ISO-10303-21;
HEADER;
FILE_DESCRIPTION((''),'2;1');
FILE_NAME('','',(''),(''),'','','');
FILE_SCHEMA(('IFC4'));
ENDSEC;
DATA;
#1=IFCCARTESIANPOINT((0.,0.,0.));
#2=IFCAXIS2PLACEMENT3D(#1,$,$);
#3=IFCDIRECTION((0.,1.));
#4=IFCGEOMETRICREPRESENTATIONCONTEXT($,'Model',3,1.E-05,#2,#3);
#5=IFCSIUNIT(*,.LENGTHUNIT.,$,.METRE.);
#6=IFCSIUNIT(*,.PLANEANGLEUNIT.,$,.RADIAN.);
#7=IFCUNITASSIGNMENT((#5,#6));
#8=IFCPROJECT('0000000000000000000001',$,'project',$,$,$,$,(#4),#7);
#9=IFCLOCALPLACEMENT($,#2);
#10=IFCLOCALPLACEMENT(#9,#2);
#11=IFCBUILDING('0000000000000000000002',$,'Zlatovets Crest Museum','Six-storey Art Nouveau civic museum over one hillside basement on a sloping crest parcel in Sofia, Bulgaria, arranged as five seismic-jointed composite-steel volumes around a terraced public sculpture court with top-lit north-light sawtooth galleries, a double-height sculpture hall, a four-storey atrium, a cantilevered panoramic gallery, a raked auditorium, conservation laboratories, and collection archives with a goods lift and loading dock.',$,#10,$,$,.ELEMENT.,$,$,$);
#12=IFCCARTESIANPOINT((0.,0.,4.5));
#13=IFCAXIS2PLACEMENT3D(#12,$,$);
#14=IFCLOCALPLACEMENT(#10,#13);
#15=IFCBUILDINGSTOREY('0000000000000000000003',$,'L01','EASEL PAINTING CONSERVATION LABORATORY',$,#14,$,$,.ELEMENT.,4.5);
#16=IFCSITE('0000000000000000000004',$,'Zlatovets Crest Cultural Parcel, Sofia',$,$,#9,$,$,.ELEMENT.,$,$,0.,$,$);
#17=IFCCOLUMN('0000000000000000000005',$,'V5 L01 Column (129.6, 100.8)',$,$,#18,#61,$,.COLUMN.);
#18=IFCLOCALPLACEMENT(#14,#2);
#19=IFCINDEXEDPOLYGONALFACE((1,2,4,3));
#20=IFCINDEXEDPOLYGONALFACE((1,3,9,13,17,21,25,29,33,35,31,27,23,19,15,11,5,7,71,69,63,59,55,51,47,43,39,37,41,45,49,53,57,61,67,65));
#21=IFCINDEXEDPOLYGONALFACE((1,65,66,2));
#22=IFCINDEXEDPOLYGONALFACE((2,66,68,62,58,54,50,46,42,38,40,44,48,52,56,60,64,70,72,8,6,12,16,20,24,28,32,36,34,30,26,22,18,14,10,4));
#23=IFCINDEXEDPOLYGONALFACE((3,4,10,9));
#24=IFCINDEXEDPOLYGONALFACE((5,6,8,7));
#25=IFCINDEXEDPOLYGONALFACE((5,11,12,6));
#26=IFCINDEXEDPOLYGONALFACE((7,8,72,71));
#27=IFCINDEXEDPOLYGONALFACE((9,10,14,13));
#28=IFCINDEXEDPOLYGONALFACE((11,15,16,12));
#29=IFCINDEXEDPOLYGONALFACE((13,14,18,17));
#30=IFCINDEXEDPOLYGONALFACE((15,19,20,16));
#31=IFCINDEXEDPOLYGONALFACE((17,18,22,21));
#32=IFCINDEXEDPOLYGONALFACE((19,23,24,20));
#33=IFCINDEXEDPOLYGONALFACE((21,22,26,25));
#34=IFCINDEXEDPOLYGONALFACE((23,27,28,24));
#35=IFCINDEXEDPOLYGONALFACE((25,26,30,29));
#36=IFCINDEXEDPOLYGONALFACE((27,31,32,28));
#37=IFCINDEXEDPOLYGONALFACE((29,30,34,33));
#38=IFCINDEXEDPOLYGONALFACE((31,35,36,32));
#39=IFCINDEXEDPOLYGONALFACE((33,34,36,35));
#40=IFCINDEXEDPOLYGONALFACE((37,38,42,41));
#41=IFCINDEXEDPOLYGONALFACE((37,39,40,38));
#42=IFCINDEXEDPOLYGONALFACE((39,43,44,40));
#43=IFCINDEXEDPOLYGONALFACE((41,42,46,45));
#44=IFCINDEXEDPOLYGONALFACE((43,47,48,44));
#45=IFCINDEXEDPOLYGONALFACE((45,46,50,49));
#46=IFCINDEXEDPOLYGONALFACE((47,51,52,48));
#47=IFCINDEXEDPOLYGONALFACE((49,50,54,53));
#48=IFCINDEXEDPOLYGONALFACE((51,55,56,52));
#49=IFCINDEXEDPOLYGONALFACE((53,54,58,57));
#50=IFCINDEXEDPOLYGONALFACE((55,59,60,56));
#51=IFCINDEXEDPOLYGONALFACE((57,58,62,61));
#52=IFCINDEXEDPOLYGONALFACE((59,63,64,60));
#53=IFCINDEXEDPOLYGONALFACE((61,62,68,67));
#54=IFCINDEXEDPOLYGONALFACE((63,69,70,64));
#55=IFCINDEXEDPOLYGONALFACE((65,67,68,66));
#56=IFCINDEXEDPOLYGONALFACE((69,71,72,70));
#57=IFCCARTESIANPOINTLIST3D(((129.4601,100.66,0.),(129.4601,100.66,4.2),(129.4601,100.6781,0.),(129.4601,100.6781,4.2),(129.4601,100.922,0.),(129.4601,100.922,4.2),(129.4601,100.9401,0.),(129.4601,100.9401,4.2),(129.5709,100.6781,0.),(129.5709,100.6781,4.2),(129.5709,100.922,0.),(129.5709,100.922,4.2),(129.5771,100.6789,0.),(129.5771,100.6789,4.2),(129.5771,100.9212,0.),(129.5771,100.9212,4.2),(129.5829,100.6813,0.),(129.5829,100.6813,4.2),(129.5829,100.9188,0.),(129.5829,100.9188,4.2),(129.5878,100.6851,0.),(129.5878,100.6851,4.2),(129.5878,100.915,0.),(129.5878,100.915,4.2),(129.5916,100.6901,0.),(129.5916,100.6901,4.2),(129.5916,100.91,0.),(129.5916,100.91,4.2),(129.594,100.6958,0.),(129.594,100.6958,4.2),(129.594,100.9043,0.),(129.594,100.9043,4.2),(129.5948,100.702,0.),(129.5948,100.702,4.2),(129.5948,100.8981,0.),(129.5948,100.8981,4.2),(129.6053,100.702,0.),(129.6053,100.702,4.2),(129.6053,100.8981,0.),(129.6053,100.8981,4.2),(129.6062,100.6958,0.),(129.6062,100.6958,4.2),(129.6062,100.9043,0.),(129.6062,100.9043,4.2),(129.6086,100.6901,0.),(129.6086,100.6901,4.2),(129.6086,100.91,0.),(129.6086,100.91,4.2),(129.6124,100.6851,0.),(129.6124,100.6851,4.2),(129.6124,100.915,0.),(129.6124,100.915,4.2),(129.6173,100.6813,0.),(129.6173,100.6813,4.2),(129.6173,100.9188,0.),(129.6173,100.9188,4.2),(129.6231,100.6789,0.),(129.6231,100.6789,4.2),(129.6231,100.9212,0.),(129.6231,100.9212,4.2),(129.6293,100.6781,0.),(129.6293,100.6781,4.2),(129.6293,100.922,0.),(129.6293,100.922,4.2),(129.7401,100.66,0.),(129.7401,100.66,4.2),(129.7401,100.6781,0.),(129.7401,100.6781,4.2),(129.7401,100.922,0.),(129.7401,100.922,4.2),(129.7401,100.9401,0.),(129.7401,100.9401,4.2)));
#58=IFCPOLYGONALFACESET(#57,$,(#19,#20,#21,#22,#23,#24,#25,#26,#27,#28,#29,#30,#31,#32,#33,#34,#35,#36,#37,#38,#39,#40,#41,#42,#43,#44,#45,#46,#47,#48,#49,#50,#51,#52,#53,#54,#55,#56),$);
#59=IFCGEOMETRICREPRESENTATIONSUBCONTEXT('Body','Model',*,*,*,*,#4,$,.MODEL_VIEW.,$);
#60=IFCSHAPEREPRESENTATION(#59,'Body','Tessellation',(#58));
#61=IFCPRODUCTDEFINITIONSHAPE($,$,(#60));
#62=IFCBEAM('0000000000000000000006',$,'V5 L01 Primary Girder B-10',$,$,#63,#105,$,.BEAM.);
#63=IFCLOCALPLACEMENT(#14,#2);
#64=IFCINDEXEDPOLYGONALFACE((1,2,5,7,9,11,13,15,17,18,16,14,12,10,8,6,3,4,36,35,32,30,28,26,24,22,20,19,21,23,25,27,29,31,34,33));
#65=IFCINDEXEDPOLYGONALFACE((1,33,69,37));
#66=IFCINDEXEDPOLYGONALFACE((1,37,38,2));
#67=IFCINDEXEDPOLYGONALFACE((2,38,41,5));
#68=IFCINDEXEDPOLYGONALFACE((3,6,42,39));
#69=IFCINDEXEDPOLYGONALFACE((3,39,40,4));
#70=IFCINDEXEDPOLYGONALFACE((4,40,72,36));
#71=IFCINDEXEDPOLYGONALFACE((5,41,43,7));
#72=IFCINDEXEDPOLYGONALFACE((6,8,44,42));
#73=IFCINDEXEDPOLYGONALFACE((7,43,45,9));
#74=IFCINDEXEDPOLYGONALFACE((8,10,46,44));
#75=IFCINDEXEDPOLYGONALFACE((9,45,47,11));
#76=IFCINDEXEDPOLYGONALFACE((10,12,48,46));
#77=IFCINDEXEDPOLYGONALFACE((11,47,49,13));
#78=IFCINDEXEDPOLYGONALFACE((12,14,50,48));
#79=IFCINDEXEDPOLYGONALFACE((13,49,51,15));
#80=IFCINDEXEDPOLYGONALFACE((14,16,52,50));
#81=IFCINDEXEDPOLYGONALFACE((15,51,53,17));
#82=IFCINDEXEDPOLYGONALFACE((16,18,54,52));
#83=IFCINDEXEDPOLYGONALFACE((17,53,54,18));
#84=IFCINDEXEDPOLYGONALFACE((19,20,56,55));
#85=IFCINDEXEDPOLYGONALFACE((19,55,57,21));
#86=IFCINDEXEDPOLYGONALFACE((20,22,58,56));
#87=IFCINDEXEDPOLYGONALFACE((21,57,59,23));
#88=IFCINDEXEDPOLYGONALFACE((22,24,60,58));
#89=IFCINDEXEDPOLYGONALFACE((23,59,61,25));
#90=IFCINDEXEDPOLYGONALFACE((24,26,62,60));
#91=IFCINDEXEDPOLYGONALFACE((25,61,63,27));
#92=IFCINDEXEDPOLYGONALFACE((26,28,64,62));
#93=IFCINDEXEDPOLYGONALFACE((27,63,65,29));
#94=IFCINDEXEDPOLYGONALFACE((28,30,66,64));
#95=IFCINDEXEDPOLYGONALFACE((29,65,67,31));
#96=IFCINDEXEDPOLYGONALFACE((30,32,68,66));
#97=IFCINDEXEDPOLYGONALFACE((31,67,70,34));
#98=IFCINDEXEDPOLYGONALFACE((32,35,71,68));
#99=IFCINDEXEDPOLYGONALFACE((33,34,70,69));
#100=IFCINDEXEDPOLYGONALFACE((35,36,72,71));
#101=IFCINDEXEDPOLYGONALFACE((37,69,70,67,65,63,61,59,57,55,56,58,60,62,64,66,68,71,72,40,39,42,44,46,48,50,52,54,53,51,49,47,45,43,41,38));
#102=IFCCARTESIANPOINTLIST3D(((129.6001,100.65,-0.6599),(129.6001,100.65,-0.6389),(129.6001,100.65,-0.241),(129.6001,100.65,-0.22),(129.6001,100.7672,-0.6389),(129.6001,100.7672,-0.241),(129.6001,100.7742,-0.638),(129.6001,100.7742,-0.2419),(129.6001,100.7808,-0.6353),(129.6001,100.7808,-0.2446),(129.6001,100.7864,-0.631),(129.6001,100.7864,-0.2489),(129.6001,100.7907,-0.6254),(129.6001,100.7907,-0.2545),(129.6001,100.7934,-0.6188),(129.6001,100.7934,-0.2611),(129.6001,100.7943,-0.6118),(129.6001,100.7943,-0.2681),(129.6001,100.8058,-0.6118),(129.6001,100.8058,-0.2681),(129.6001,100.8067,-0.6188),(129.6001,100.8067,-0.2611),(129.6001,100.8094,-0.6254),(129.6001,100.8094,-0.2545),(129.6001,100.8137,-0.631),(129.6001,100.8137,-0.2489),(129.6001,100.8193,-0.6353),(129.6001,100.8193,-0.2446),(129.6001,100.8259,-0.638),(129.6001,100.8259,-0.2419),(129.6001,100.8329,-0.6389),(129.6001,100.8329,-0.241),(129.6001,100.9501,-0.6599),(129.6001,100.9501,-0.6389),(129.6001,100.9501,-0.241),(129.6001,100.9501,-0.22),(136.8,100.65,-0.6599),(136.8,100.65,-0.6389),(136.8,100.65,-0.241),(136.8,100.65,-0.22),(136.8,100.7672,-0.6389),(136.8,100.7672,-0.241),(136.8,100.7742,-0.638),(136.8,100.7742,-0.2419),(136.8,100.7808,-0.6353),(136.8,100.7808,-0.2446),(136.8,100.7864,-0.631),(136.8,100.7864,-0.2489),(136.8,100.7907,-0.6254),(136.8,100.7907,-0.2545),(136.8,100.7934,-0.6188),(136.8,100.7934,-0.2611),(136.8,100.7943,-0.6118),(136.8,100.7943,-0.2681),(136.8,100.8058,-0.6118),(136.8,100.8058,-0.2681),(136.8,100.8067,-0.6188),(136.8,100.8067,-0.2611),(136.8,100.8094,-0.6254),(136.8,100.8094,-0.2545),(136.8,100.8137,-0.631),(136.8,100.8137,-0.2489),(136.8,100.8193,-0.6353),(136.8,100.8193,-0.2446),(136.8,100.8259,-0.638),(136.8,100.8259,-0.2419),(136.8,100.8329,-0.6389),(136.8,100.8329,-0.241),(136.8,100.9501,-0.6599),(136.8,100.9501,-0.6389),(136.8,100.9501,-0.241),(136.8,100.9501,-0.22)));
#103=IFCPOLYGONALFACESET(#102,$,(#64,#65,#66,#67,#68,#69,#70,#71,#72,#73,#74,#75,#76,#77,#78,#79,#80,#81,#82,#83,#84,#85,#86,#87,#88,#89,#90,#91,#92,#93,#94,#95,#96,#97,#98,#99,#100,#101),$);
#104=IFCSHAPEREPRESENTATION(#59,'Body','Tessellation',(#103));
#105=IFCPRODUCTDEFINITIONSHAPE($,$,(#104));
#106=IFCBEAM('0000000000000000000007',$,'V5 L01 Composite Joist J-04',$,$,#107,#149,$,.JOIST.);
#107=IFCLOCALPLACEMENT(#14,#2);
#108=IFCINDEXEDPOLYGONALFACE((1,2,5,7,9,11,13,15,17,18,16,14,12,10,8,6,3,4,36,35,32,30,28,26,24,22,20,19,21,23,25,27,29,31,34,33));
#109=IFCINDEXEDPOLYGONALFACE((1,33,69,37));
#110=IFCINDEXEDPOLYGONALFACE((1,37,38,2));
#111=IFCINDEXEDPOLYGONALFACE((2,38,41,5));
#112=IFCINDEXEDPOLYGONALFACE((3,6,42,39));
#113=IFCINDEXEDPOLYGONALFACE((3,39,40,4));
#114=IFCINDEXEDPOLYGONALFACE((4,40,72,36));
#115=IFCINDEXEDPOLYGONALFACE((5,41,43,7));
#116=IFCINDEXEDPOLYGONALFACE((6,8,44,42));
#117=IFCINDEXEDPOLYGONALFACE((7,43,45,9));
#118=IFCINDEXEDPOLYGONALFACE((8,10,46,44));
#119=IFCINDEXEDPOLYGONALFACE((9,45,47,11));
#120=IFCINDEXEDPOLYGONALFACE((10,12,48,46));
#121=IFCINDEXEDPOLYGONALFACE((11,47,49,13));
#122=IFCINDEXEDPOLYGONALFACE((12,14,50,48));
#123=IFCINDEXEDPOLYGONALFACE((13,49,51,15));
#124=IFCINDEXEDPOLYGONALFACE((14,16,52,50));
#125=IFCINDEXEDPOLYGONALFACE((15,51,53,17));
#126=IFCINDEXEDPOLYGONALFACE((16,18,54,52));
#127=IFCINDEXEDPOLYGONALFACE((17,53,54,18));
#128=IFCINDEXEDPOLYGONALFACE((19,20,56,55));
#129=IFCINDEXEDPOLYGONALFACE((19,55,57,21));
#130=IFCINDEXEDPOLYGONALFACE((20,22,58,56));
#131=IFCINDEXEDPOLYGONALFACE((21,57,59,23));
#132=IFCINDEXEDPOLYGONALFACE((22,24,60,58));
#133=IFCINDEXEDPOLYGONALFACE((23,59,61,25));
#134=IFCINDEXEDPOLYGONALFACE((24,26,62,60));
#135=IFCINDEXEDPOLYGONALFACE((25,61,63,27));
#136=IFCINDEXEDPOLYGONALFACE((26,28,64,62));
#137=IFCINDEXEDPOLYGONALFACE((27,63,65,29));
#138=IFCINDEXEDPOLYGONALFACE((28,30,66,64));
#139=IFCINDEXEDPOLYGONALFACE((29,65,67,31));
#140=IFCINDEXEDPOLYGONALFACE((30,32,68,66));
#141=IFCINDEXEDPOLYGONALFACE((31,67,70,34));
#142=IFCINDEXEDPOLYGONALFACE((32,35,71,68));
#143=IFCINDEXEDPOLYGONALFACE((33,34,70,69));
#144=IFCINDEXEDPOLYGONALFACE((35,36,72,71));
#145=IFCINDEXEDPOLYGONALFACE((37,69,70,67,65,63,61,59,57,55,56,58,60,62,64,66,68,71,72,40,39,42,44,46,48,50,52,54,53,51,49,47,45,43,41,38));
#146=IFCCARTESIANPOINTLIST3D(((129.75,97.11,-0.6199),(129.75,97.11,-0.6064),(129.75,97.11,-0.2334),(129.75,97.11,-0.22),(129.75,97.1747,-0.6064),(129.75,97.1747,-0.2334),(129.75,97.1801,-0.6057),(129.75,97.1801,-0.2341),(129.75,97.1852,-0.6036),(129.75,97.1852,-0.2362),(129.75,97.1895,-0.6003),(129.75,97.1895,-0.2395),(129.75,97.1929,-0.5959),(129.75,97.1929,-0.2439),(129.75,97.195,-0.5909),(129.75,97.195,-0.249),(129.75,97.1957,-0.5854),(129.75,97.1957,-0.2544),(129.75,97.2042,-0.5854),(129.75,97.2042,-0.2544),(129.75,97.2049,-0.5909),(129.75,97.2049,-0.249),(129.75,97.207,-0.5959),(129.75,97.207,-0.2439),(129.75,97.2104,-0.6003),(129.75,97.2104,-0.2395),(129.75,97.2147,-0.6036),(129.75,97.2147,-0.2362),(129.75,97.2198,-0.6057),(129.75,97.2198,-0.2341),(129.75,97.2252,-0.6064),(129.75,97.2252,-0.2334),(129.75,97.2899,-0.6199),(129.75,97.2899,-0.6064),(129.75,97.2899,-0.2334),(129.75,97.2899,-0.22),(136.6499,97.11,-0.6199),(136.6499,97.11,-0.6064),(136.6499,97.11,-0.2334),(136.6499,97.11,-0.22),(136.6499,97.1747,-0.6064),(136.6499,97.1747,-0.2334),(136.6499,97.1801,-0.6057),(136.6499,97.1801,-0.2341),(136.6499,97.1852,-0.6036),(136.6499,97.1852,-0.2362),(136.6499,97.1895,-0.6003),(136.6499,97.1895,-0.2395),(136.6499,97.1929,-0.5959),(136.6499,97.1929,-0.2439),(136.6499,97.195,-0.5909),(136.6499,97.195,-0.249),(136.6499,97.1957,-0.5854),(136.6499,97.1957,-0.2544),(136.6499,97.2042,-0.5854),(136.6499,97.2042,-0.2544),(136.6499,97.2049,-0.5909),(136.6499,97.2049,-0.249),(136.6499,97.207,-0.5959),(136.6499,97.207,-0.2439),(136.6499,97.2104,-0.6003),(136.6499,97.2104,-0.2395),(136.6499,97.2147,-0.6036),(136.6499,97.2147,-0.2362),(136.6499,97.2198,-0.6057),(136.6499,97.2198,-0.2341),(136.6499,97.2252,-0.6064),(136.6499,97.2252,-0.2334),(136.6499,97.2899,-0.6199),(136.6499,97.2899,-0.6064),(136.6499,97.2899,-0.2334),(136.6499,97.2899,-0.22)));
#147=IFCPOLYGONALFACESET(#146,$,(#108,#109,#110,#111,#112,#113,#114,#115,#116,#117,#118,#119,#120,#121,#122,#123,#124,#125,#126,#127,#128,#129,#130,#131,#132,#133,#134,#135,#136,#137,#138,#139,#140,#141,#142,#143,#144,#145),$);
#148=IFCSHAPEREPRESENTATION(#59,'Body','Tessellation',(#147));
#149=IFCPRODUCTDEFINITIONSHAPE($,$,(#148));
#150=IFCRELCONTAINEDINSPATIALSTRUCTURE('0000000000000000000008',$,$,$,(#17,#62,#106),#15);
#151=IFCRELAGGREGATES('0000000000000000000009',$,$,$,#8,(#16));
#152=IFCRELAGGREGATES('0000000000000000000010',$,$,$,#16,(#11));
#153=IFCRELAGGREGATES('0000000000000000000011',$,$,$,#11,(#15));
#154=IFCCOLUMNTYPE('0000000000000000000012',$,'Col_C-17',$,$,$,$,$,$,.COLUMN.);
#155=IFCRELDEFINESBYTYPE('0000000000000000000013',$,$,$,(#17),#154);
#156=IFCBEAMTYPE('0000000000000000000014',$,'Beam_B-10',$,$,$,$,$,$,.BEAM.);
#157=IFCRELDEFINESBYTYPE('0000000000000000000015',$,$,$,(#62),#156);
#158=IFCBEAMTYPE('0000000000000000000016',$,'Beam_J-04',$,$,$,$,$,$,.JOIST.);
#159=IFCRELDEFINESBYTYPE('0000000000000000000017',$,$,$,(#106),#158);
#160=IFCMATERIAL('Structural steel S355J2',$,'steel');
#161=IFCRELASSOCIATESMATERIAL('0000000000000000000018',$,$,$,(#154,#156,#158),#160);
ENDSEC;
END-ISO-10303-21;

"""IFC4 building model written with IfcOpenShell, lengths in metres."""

from ifc_helpers import new_model, si_unit, direction, frame, origin, origin_2d, place, context, subcontext, project, spatial, i_section, extrude, material, material_profile, profile_set, type_object, element, save


model = new_model("IFC4")

# Units and contexts
model_context = context("Model", 3, precision=1e-05, world=origin(), true_north=direction((0.0, 1.0)))
body_context = subcontext(model_context, "Body", "Model", "MODEL_VIEW")
ifc_project = project(units=[si_unit("LENGTHUNIT", "METRE"), si_unit("PLANEANGLEUNIT", "RADIAN")], contexts=[model_context])

# Site, building, storey
site_placement = place(None, origin())
site = spatial("IfcSite", under=ifc_project, at=site_placement, Name="Zlatovets Crest Cultural Parcel, Sofia", CompositionType="ELEMENT", RefElevation=0.0)
building_placement = place(site_placement, origin())
building = spatial("IfcBuilding", under=site, at=building_placement, Name="Zlatovets Crest Museum", Description="Six-storey Art Nouveau civic museum over one hillside basement on a sloping crest parcel in Sofia, Bulgaria, arranged as five seismic-jointed composite-steel volumes around a terraced public sculpture court with top-lit north-light sawtooth galleries, a double-height sculpture hall, a four-storey atrium, a cantilevered panoramic gallery, a raked auditorium, conservation laboratories, and collection archives with a goods lift and loading dock.", CompositionType="ELEMENT")
storey_placement = place(building_placement, frame((0.0, 0.0, 4.5)))
storey = spatial("IfcBuildingStorey", under=building, at=storey_placement, Name="L01", Description="EASEL PAINTING CONSERVATION LABORATORY", CompositionType="ELEMENT", Elevation=4.5)

# Column
ifc_material_1 = material(Name="Structural steel S355J2", Category="steel")
ifc_material_profile_1 = material_profile(ifc_material_1, i_section(OverallWidth=0.28, OverallDepth=0.28, WebThickness=0.0105, FlangeThickness=0.0181, FilletRadius=0.0239, at=origin_2d()), Name="HEB 280")
ifc_profile_set_1 = profile_set([ifc_material_profile_1], Name="Structural steel S355J2")
column_type = type_object("IfcColumnType", Name="Col_C-17", PredefinedType="COLUMN", material=ifc_profile_set_1)
column_placement = place(storey_placement, frame((129.6001, 100.8, 0.0), z_axis=(0.0, 0.0, 1.0), x_axis=(1.0, 0.0, 0.0)))
element("IfcColumn", 1, at=column_placement, inside=storey, type_object=column_type, Name="V5 L01 Column (129.6, 100.8)", PredefinedType="COLUMN", context=body_context, shape_type="SweptSolid", body=[
    extrude(i_section(OverallWidth=0.28, OverallDepth=0.28, WebThickness=0.0105, FlangeThickness=0.0181, FilletRadius=0.0239, at=origin_2d()), origin(), (0.0, 0.0, 1.0), 4.2),
])

# Beams
ifc_material_profile_2 = material_profile(ifc_material_1, i_section(OverallWidth=0.3, OverallDepth=0.4399, WebThickness=0.0115, FlangeThickness=0.021, FilletRadius=0.0271, at=origin_2d()), Name="HEA 450")
ifc_profile_set_2 = profile_set([ifc_material_profile_2], Name="Structural steel S355J2")
beam_type_1 = type_object("IfcBeamType", Name="Beam_B-10", PredefinedType="BEAM", material=ifc_profile_set_2)
beam_1_placement = place(storey_placement, frame((129.6001, 100.8, -0.4399), z_axis=(1.0, 0.0, 0.0), x_axis=(0.0, 1.0, 0.0)))
element("IfcBeam", 2, at=beam_1_placement, inside=storey, type_object=beam_type_1, Name="V5 L01 Primary Girder B-10", PredefinedType="BEAM", context=body_context, shape_type="SweptSolid", body=[
    extrude(i_section(OverallWidth=0.3, OverallDepth=0.4399, WebThickness=0.0115, FlangeThickness=0.021, FilletRadius=0.0271, at=origin_2d()), origin(), (0.0, 0.0, 1.0), 7.2),
])
ifc_material_profile_3 = material_profile(ifc_material_1, i_section(OverallWidth=0.1799, OverallDepth=0.3999, WebThickness=0.0085, FlangeThickness=0.0134, FilletRadius=0.021, at=origin_2d()), Name="IPE 400")
ifc_profile_set_3 = profile_set([ifc_material_profile_3], Name="Structural steel S355J2")
beam_type_2 = type_object("IfcBeamType", Name="Beam_J-04", PredefinedType="JOIST", material=ifc_profile_set_3)
beam_2_placement = place(storey_placement, frame((129.75, 97.2, -0.4199), z_axis=(1.0, 0.0, 0.0), x_axis=(0.0, 1.0, 0.0)))
element("IfcBeam", 3, at=beam_2_placement, inside=storey, type_object=beam_type_2, Name="V5 L01 Composite Joist J-04", PredefinedType="JOIST", context=body_context, shape_type="SweptSolid", body=[
    extrude(i_section(OverallWidth=0.1799, OverallDepth=0.3999, WebThickness=0.0085, FlangeThickness=0.0134, FilletRadius=0.021, at=origin_2d()), origin(), (0.0, 0.0, 1.0), 6.8999),
])

save(model, "model.ifc")
